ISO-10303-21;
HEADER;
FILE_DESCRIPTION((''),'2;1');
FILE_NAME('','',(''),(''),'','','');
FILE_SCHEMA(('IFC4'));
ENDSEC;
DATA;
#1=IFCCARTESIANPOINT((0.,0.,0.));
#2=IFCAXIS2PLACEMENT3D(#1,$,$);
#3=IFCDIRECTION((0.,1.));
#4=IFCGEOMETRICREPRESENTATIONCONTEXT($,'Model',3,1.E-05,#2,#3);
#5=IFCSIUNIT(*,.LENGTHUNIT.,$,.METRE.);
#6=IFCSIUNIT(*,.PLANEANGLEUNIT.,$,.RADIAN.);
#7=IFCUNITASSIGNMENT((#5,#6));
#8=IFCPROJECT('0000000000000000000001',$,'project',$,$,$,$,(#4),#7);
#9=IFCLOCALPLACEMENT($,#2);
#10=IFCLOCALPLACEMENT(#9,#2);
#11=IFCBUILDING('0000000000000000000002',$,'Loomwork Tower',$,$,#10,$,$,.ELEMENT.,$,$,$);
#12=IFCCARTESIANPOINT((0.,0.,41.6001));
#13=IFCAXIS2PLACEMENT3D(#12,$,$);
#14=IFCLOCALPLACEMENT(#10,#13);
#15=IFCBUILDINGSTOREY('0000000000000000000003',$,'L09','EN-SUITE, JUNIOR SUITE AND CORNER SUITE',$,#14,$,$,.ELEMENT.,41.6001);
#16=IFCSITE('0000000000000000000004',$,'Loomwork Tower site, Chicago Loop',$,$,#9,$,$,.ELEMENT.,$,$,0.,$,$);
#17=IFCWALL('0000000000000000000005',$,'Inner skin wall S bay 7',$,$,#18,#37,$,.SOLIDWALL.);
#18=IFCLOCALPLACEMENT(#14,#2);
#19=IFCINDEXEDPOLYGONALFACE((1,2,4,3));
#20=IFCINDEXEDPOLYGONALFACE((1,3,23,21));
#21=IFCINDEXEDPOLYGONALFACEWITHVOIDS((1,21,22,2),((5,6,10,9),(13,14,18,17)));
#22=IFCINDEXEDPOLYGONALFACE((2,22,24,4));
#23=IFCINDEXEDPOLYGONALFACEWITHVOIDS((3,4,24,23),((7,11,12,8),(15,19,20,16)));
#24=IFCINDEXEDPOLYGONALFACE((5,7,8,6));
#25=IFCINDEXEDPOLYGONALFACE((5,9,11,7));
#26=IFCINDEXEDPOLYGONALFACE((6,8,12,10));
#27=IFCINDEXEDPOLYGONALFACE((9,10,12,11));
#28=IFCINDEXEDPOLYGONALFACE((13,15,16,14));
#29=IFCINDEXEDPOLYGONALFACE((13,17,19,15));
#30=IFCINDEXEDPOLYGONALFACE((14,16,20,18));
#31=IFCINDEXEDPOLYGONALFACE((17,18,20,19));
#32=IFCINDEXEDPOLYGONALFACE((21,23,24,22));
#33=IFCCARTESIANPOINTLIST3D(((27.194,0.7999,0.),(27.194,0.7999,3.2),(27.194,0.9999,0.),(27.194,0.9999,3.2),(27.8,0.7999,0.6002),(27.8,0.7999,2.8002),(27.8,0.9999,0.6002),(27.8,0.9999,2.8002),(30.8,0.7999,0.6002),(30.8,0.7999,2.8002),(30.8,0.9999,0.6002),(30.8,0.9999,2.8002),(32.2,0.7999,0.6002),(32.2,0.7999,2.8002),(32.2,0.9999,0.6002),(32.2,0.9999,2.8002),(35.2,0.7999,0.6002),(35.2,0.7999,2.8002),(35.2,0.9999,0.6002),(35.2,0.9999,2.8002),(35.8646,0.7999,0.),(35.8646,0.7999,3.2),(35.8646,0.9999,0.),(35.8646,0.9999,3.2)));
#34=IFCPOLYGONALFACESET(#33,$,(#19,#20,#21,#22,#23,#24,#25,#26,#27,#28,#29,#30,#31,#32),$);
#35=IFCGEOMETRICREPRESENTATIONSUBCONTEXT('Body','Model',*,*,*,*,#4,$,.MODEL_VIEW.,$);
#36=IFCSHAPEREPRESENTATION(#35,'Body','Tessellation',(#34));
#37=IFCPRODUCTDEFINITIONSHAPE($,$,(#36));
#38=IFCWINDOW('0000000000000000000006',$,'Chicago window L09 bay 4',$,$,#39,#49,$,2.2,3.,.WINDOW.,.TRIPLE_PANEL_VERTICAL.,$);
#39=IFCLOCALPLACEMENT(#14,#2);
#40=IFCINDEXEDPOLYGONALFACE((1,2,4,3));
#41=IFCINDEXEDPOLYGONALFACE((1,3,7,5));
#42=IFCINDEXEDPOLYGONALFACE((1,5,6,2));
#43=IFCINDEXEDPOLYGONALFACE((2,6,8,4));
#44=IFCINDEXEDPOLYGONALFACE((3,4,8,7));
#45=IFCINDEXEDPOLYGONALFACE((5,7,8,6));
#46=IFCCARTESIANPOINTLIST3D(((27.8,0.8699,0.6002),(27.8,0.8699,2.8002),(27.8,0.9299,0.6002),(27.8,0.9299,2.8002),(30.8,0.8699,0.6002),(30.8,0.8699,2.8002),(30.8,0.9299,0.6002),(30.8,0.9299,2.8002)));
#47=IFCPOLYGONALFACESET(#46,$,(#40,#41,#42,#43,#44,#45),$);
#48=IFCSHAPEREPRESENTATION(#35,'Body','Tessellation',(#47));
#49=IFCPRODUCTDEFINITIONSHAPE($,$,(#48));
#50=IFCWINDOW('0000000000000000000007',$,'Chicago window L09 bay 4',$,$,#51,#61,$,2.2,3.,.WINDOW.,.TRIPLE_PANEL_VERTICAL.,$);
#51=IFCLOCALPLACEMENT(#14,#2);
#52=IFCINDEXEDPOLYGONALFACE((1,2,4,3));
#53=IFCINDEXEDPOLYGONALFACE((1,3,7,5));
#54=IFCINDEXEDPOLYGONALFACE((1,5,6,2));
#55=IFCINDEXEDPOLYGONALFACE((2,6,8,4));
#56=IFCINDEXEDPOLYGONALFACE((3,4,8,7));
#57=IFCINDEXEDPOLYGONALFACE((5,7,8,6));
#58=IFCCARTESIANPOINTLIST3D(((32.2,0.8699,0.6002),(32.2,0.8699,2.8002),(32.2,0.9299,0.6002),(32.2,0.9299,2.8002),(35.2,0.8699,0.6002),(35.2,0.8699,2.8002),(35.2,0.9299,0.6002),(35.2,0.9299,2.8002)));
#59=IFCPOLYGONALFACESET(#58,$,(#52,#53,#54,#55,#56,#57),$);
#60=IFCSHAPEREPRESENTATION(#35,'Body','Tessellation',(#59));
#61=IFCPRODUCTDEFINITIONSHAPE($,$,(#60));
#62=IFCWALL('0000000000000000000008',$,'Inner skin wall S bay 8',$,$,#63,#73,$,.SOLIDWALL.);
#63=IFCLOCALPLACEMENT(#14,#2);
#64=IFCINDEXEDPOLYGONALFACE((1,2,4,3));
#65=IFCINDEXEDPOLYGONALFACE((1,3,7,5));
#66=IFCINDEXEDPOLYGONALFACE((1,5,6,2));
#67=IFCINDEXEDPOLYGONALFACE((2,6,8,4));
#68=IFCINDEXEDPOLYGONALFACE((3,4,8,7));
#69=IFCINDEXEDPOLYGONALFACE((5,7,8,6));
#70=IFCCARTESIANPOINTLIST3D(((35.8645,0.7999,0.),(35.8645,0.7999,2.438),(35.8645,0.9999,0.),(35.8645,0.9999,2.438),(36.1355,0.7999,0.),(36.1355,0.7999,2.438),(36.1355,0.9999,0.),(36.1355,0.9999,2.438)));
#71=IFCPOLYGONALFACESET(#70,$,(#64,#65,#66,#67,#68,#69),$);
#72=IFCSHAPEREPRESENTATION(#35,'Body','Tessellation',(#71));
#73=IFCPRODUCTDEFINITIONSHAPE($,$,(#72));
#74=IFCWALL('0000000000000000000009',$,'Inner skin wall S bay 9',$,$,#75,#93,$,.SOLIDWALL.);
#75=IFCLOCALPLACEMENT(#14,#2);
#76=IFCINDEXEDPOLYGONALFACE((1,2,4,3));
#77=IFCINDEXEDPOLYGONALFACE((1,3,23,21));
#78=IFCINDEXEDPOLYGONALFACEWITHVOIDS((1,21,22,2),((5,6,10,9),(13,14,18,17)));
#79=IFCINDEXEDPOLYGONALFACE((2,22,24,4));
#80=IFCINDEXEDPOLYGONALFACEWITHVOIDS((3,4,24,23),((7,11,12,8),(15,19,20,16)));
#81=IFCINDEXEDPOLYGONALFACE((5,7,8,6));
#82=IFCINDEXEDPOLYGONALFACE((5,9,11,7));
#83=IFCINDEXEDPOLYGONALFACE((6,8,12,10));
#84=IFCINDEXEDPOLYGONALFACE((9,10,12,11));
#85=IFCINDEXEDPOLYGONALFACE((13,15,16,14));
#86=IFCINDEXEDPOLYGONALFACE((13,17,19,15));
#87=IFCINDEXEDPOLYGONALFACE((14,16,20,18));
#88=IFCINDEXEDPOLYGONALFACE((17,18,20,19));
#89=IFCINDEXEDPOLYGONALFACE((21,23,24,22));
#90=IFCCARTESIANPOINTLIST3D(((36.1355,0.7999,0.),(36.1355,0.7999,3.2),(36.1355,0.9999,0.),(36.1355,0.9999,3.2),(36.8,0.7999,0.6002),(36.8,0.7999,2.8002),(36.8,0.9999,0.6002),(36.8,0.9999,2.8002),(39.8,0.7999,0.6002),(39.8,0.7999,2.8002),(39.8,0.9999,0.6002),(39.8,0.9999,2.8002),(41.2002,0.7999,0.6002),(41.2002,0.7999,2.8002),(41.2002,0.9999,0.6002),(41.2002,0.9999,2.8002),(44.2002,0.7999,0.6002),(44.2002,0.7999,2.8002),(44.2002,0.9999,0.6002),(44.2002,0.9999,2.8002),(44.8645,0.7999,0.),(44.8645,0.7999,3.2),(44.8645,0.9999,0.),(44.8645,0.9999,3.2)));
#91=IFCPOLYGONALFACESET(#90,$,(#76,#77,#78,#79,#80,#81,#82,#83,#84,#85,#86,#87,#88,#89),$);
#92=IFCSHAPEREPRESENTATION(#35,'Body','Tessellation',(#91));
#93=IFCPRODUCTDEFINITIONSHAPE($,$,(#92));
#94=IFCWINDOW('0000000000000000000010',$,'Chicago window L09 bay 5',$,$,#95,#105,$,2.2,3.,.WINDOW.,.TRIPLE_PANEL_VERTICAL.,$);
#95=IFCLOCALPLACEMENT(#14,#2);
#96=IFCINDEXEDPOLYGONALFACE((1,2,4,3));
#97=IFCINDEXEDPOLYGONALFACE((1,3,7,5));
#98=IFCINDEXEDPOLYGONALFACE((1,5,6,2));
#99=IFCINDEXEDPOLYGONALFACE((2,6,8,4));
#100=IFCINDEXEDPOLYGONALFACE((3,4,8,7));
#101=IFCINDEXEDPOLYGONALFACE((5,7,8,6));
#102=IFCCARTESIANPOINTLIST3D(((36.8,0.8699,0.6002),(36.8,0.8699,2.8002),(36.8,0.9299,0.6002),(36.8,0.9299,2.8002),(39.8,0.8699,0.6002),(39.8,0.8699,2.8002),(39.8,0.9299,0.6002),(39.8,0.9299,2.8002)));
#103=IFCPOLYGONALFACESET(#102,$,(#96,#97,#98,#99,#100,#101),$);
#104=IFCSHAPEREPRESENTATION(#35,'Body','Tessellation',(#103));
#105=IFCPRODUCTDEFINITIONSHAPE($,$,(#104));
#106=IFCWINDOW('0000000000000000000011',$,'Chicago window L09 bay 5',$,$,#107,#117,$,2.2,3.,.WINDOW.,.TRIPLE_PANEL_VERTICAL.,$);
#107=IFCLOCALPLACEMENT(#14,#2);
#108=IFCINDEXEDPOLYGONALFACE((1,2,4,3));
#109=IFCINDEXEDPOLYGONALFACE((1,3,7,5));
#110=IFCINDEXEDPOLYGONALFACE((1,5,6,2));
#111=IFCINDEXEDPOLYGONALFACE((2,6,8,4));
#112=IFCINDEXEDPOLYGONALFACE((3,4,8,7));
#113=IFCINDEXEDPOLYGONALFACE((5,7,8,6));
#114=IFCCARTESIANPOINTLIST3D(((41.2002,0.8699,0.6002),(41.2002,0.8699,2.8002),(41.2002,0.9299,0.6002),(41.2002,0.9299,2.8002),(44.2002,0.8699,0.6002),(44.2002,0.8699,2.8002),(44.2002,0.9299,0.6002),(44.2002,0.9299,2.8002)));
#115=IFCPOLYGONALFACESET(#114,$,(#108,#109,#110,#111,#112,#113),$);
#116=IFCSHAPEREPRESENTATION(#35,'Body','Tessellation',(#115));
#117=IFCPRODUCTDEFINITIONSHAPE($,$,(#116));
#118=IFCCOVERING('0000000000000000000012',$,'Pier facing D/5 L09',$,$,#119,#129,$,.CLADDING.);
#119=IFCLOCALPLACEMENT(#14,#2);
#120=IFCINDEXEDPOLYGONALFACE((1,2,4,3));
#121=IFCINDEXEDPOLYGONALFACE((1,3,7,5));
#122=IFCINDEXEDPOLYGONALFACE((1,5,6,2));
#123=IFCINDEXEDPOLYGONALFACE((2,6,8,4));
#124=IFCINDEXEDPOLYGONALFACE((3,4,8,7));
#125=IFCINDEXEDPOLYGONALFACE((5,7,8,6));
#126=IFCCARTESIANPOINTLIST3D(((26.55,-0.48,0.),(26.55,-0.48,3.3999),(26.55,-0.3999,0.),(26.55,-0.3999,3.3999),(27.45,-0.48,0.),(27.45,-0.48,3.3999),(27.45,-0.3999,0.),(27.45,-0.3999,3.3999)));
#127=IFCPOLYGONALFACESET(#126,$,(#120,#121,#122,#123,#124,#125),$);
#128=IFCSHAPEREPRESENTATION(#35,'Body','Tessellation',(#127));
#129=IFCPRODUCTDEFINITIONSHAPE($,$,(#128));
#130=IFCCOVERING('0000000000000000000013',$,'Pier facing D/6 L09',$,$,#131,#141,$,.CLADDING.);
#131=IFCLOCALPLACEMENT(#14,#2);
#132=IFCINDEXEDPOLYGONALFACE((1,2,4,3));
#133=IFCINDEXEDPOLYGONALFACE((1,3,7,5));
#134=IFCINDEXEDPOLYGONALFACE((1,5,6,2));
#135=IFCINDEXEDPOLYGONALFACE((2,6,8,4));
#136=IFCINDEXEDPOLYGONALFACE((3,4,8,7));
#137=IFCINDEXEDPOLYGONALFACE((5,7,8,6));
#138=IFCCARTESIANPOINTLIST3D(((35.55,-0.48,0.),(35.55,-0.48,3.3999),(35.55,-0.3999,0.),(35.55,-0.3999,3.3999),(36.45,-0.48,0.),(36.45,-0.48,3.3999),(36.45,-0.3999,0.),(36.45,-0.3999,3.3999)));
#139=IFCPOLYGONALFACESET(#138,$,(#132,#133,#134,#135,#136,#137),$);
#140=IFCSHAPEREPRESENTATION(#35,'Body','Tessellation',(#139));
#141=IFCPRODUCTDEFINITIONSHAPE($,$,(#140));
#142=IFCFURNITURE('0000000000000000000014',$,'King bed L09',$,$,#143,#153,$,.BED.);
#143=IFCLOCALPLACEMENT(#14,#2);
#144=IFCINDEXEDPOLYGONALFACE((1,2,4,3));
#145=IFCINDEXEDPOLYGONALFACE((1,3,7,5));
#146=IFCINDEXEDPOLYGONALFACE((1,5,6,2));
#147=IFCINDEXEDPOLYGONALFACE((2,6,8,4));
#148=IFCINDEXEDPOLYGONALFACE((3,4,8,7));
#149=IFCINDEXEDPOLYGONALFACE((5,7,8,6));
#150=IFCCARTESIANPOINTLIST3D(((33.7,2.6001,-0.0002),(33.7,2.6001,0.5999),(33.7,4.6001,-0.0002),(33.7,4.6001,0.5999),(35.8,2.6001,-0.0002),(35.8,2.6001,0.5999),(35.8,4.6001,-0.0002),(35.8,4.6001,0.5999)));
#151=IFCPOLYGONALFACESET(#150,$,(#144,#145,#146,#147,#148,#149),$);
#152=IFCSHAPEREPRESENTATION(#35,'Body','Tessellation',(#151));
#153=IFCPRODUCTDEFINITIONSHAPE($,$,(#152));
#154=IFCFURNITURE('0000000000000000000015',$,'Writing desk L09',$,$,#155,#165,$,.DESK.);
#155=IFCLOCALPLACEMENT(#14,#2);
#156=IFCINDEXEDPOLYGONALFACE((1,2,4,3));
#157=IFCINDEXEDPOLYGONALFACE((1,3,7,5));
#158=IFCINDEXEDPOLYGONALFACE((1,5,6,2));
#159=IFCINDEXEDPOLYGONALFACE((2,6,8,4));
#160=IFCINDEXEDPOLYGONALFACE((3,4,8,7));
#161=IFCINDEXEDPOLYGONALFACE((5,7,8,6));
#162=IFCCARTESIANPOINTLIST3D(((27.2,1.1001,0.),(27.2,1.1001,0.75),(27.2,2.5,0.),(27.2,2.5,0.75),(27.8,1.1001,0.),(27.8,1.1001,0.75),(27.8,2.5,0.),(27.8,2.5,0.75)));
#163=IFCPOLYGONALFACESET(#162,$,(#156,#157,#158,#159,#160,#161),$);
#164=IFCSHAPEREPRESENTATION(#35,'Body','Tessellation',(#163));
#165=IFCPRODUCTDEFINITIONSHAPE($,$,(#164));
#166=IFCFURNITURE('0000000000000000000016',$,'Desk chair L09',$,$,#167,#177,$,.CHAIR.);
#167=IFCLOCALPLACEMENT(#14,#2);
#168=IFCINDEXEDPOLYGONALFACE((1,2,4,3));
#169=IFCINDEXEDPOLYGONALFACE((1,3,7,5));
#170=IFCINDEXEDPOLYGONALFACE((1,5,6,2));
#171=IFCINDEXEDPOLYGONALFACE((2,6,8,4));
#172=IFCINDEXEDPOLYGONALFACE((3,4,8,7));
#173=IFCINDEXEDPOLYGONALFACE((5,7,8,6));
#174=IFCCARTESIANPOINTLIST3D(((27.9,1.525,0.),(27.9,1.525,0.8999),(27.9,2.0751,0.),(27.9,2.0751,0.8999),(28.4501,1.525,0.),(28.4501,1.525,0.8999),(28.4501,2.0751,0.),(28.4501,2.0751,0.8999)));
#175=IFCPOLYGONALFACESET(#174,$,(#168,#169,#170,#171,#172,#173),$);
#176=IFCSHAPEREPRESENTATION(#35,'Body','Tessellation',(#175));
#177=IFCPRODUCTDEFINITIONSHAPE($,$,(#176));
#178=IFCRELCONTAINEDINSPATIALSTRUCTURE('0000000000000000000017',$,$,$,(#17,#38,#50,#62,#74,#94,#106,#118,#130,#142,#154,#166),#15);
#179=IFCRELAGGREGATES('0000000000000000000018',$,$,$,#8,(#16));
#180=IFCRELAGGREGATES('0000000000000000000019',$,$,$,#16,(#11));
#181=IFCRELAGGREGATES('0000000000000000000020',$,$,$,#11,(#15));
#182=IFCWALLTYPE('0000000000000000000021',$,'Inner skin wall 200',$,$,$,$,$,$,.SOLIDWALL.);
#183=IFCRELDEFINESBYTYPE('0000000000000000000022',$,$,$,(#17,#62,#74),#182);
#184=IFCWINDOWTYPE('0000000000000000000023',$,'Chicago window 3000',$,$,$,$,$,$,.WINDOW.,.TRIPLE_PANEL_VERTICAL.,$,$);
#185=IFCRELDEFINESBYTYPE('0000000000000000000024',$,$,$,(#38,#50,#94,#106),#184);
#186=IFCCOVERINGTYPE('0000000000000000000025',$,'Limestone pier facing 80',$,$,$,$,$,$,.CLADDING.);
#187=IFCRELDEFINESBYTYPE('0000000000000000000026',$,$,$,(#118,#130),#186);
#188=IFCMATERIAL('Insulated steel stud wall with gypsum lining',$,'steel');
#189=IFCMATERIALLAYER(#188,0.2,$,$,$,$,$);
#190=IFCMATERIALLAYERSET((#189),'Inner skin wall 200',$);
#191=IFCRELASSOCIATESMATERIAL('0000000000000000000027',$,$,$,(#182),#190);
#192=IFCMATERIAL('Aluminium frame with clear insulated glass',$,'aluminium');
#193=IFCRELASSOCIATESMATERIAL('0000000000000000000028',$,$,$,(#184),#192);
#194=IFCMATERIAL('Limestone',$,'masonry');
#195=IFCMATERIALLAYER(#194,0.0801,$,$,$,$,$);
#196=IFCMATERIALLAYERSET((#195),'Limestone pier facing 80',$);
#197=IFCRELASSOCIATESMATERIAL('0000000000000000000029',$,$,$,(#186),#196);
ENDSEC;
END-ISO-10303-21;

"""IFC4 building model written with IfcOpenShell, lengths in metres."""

from ifc_helpers import new_model, si_unit, direction, frame, frame_2d, origin, origin_2d, place, context, subcontext, project, spatial, rectangle, extrude, material, layer, layer_set, type_object, element, fill, save


model = new_model("IFC4")

# Units and contexts
model_context = context("Model", 3, precision=1e-05, world=origin(), true_north=direction((0.0, 1.0)))
body_context = subcontext(model_context, "Body", "Model", "MODEL_VIEW")
ifc_project = project(units=[si_unit("LENGTHUNIT", "METRE"), si_unit("PLANEANGLEUNIT", "RADIAN")], contexts=[model_context])

# Site, building, storey
site_placement = place(None, origin())
site = spatial("IfcSite", under=ifc_project, at=site_placement, Name="Loomwork Tower site, Chicago Loop", CompositionType="ELEMENT", RefElevation=0.0)
building_placement = place(site_placement, origin())
building = spatial("IfcBuilding", under=site, at=building_placement, Name="Loomwork Tower", CompositionType="ELEMENT")
storey_placement = place(building_placement, frame((0.0, 0.0, 41.6001)))
storey = spatial("IfcBuildingStorey", under=building, at=storey_placement, Name="L09", Description="EN-SUITE, JUNIOR SUITE AND CORNER SUITE", CompositionType="ELEMENT", Elevation=41.6001)

# Shared definitions
ifc_material_1 = material(Name="Insulated steel stud wall with gypsum lining", Category="steel")
ifc_layer_1 = layer(ifc_material_1, 0.2)
ifc_layer_set_1 = layer_set([ifc_layer_1], Name="Inner skin wall 200")
wall_type = type_object("IfcWallType", Name="Inner skin wall 200", PredefinedType="SOLIDWALL", material=ifc_layer_set_1)

# Wall, openings, windows
wall_1_placement = place(storey_placement, frame((27.1938, 0.8999, 0.0), z_axis=(0.0, 0.0, 1.0), x_axis=(1.0, 0.0, 0.0)))
wall_1 = element("IfcWall", 1, at=wall_1_placement, inside=storey, type_object=wall_type, Name="Inner skin wall S bay 7", PredefinedType="SOLIDWALL", context=body_context, shape_type="SweptSolid", body=[
    extrude(rectangle(XDim=8.6707, YDim=0.2, at=frame_2d((4.3354, 0.0))), origin(), (0.0, 0.0, 1.0), 3.2),
])
opening_1_placement = place(wall_1_placement, frame((0.6062, 0.0, 0.6001)))
opening_1 = element("IfcOpeningElement", 2, at=opening_1_placement, cuts=wall_1, PredefinedType="OPENING", context=body_context, shape_type="SweptSolid", body=[
    extrude(rectangle(XDim=3.0, YDim=2.2, at=frame_2d((1.5, 1.1001))), frame((0.0, 0.1099, 0.0), z_axis=(0.0, -1.0, 0.0), x_axis=(1.0, 0.0, 0.0)), (0.0, 0.0, 1.0), 0.22),
])
opening_2_placement = place(wall_1_placement, frame((5.0061, 0.0, 0.6001)))
opening_2 = element("IfcOpeningElement", 3, at=opening_2_placement, cuts=wall_1, PredefinedType="OPENING", context=body_context, shape_type="SweptSolid", body=[
    extrude(rectangle(XDim=3.0, YDim=2.2, at=frame_2d((1.5, 1.1001))), frame((0.0, 0.1099, 0.0), z_axis=(0.0, -1.0, 0.0), x_axis=(1.0, 0.0, 0.0)), (0.0, 0.0, 1.0), 0.22),
])
ifc_material_2 = material(Name="Aluminium frame with clear insulated glass", Category="aluminium")
window_type = type_object("IfcWindowType", Name="Chicago window 3000", PartitioningType="TRIPLE_PANEL_VERTICAL", PredefinedType="WINDOW", material=ifc_material_2)
window_1_placement = place(opening_1_placement, origin())
window_1 = element("IfcWindow", 4, at=window_1_placement, inside=storey, type_object=window_type, Name="Chicago window L09 bay 4", OverallHeight=2.2, OverallWidth=3.0, PartitioningType="TRIPLE_PANEL_VERTICAL", PredefinedType="WINDOW", context=body_context, shape_type="SweptSolid", body=[
    extrude(rectangle(XDim=3.0, YDim=2.2, at=frame_2d((1.5, 1.1001))), frame((0.0, 0.03, 0.0), z_axis=(0.0, -1.0, 0.0), x_axis=(1.0, 0.0, 0.0)), (0.0, 0.0, 1.0), 0.0601),
])
fill(opening_1, window_1)
window_2_placement = place(opening_2_placement, origin())
window_2 = element("IfcWindow", 5, at=window_2_placement, inside=storey, type_object=window_type, Name="Chicago window L09 bay 4", OverallHeight=2.2, OverallWidth=3.0, PartitioningType="TRIPLE_PANEL_VERTICAL", PredefinedType="WINDOW", context=body_context, shape_type="SweptSolid", body=[
    extrude(rectangle(XDim=3.0, YDim=2.2, at=frame_2d((1.5, 1.1001))), frame((0.0, 0.03, 0.0), z_axis=(0.0, -1.0, 0.0), x_axis=(1.0, 0.0, 0.0)), (0.0, 0.0, 1.0), 0.0601),
])
fill(opening_2, window_2)

# Wall
wall_2_placement = place(storey_placement, frame((35.8645, 0.8999, 0.0), z_axis=(0.0, 0.0, 1.0), x_axis=(1.0, 0.0, 0.0)))
element("IfcWall", 6, at=wall_2_placement, inside=storey, type_object=wall_type, Name="Inner skin wall S bay 8", PredefinedType="SOLIDWALL", context=body_context, shape_type="SweptSolid", body=[
    extrude(rectangle(XDim=0.271, YDim=0.2, at=frame_2d((0.1355, 0.0))), origin(), (0.0, 0.0, 1.0), 2.438),
])

# Wall, openings, windows
wall_3_placement = place(storey_placement, frame((36.1355, 0.8999, 0.0), z_axis=(0.0, 0.0, 1.0), x_axis=(1.0, 0.0, 0.0)))
wall_3 = element("IfcWall", 7, at=wall_3_placement, inside=storey, type_object=wall_type, Name="Inner skin wall S bay 9", PredefinedType="SOLIDWALL", context=body_context, shape_type="SweptSolid", body=[
    extrude(rectangle(XDim=8.729, YDim=0.2, at=frame_2d((4.3645, 0.0))), origin(), (0.0, 0.0, 1.0), 3.2),
])
opening_3_placement = place(wall_3_placement, frame((0.6646, 0.0, 0.6001)))
opening_3 = element("IfcOpeningElement", 8, at=opening_3_placement, cuts=wall_3, PredefinedType="OPENING", context=body_context, shape_type="SweptSolid", body=[
    extrude(rectangle(XDim=3.0, YDim=2.2, at=frame_2d((1.5, 1.1001))), frame((0.0, 0.1099, 0.0), z_axis=(0.0, -1.0, 0.0), x_axis=(1.0, 0.0, 0.0)), (0.0, 0.0, 1.0), 0.22),
])
opening_4_placement = place(wall_3_placement, frame((5.0647, 0.0, 0.6001)))
opening_4 = element("IfcOpeningElement", 9, at=opening_4_placement, cuts=wall_3, PredefinedType="OPENING", context=body_context, shape_type="SweptSolid", body=[
    extrude(rectangle(XDim=3.0, YDim=2.2, at=frame_2d((1.5, 1.1001))), frame((0.0, 0.1099, 0.0), z_axis=(0.0, -1.0, 0.0), x_axis=(1.0, 0.0, 0.0)), (0.0, 0.0, 1.0), 0.22),
])
window_3_placement = place(opening_3_placement, origin())
window_3 = element("IfcWindow", 10, at=window_3_placement, inside=storey, type_object=window_type, Name="Chicago window L09 bay 5", OverallHeight=2.2, OverallWidth=3.0, PartitioningType="TRIPLE_PANEL_VERTICAL", PredefinedType="WINDOW", context=body_context, shape_type="SweptSolid", body=[
    extrude(rectangle(XDim=3.0, YDim=2.2, at=frame_2d((1.5, 1.1001))), frame((0.0, 0.03, 0.0), z_axis=(0.0, -1.0, 0.0), x_axis=(1.0, 0.0, 0.0)), (0.0, 0.0, 1.0), 0.0601),
])
fill(opening_3, window_3)
window_4_placement = place(opening_4_placement, origin())
window_4 = element("IfcWindow", 11, at=window_4_placement, inside=storey, type_object=window_type, Name="Chicago window L09 bay 5", OverallHeight=2.2, OverallWidth=3.0, PartitioningType="TRIPLE_PANEL_VERTICAL", PredefinedType="WINDOW", context=body_context, shape_type="SweptSolid", body=[
    extrude(rectangle(XDim=3.0, YDim=2.2, at=frame_2d((1.5, 1.1001))), frame((0.0, 0.03, 0.0), z_axis=(0.0, -1.0, 0.0), x_axis=(1.0, 0.0, 0.0)), (0.0, 0.0, 1.0), 0.0601),
])
fill(opening_4, window_4)

# Coverings
ifc_material_3 = material(Name="Limestone", Category="masonry")
ifc_layer_2 = layer(ifc_material_3, 0.0801)
ifc_layer_set_2 = layer_set([ifc_layer_2], Name="Limestone pier facing 80")
covering_type = type_object("IfcCoveringType", Name="Limestone pier facing 80", PredefinedType="CLADDING", material=ifc_layer_set_2)
for number, where, z_axis, x_axis, name in (
    (12, (27.0, -0.4399, 0.0), (0.0, 0.0, 1.0), (1.0, 0.0, 0.0), "Pier facing D/5 L09"),
    (13, (36.0, -0.4399, 0.0), (0.0, 0.0, 1.0), (1.0, 0.0, 0.0), "Pier facing D/6 L09"),
):
    element("IfcCovering", number, at=place(storey_placement, frame(where, z_axis=z_axis, x_axis=x_axis)), inside=storey, type_object=covering_type, Name=name, PredefinedType="CLADDING", context=body_context, shape_type="SweptSolid", body=[
        extrude(rectangle(XDim=0.8999, YDim=0.0801, at=origin_2d()), origin(), (0.0, 0.0, 1.0), 3.3999),
    ])

# Furniture
furniture_1_placement = place(storey_placement, frame((34.75, 3.6001, -0.0002), z_axis=(0.0, 0.0, 1.0), x_axis=(1.0, 0.0, 0.0)))
element("IfcFurniture", 14, at=furniture_1_placement, inside=storey, Name="King bed L09", PredefinedType="BED", context=body_context, shape_type="SweptSolid", body=[
    extrude(rectangle(XDim=2.1001, YDim=2.0, at=origin_2d()), origin(), (0.0, 0.0, 1.0), 0.6001),
])
furniture_2_placement = place(storey_placement, frame((27.5, 1.8, 0.0), z_axis=(0.0, 0.0, 1.0), x_axis=(1.0, 0.0, 0.0)))
element("IfcFurniture", 15, at=furniture_2_placement, inside=storey, Name="Writing desk L09", PredefinedType="DESK", context=body_context, shape_type="SweptSolid", body=[
    extrude(rectangle(XDim=0.6001, YDim=1.3999, at=origin_2d()), origin(), (0.0, 0.0, 1.0), 0.75),
])
furniture_3_placement = place(storey_placement, frame((28.175, 1.8, 0.0), z_axis=(0.0, 0.0, 1.0), x_axis=(1.0, 0.0, 0.0)))
element("IfcFurniture", 16, at=furniture_3_placement, inside=storey, Name="Desk chair L09", PredefinedType="CHAIR", context=body_context, shape_type="SweptSolid", body=[
    extrude(rectangle(XDim=0.55, YDim=0.55, at=origin_2d()), origin(), (0.0, 0.0, 1.0), 0.8999),
])

save(model, "model.ifc")
